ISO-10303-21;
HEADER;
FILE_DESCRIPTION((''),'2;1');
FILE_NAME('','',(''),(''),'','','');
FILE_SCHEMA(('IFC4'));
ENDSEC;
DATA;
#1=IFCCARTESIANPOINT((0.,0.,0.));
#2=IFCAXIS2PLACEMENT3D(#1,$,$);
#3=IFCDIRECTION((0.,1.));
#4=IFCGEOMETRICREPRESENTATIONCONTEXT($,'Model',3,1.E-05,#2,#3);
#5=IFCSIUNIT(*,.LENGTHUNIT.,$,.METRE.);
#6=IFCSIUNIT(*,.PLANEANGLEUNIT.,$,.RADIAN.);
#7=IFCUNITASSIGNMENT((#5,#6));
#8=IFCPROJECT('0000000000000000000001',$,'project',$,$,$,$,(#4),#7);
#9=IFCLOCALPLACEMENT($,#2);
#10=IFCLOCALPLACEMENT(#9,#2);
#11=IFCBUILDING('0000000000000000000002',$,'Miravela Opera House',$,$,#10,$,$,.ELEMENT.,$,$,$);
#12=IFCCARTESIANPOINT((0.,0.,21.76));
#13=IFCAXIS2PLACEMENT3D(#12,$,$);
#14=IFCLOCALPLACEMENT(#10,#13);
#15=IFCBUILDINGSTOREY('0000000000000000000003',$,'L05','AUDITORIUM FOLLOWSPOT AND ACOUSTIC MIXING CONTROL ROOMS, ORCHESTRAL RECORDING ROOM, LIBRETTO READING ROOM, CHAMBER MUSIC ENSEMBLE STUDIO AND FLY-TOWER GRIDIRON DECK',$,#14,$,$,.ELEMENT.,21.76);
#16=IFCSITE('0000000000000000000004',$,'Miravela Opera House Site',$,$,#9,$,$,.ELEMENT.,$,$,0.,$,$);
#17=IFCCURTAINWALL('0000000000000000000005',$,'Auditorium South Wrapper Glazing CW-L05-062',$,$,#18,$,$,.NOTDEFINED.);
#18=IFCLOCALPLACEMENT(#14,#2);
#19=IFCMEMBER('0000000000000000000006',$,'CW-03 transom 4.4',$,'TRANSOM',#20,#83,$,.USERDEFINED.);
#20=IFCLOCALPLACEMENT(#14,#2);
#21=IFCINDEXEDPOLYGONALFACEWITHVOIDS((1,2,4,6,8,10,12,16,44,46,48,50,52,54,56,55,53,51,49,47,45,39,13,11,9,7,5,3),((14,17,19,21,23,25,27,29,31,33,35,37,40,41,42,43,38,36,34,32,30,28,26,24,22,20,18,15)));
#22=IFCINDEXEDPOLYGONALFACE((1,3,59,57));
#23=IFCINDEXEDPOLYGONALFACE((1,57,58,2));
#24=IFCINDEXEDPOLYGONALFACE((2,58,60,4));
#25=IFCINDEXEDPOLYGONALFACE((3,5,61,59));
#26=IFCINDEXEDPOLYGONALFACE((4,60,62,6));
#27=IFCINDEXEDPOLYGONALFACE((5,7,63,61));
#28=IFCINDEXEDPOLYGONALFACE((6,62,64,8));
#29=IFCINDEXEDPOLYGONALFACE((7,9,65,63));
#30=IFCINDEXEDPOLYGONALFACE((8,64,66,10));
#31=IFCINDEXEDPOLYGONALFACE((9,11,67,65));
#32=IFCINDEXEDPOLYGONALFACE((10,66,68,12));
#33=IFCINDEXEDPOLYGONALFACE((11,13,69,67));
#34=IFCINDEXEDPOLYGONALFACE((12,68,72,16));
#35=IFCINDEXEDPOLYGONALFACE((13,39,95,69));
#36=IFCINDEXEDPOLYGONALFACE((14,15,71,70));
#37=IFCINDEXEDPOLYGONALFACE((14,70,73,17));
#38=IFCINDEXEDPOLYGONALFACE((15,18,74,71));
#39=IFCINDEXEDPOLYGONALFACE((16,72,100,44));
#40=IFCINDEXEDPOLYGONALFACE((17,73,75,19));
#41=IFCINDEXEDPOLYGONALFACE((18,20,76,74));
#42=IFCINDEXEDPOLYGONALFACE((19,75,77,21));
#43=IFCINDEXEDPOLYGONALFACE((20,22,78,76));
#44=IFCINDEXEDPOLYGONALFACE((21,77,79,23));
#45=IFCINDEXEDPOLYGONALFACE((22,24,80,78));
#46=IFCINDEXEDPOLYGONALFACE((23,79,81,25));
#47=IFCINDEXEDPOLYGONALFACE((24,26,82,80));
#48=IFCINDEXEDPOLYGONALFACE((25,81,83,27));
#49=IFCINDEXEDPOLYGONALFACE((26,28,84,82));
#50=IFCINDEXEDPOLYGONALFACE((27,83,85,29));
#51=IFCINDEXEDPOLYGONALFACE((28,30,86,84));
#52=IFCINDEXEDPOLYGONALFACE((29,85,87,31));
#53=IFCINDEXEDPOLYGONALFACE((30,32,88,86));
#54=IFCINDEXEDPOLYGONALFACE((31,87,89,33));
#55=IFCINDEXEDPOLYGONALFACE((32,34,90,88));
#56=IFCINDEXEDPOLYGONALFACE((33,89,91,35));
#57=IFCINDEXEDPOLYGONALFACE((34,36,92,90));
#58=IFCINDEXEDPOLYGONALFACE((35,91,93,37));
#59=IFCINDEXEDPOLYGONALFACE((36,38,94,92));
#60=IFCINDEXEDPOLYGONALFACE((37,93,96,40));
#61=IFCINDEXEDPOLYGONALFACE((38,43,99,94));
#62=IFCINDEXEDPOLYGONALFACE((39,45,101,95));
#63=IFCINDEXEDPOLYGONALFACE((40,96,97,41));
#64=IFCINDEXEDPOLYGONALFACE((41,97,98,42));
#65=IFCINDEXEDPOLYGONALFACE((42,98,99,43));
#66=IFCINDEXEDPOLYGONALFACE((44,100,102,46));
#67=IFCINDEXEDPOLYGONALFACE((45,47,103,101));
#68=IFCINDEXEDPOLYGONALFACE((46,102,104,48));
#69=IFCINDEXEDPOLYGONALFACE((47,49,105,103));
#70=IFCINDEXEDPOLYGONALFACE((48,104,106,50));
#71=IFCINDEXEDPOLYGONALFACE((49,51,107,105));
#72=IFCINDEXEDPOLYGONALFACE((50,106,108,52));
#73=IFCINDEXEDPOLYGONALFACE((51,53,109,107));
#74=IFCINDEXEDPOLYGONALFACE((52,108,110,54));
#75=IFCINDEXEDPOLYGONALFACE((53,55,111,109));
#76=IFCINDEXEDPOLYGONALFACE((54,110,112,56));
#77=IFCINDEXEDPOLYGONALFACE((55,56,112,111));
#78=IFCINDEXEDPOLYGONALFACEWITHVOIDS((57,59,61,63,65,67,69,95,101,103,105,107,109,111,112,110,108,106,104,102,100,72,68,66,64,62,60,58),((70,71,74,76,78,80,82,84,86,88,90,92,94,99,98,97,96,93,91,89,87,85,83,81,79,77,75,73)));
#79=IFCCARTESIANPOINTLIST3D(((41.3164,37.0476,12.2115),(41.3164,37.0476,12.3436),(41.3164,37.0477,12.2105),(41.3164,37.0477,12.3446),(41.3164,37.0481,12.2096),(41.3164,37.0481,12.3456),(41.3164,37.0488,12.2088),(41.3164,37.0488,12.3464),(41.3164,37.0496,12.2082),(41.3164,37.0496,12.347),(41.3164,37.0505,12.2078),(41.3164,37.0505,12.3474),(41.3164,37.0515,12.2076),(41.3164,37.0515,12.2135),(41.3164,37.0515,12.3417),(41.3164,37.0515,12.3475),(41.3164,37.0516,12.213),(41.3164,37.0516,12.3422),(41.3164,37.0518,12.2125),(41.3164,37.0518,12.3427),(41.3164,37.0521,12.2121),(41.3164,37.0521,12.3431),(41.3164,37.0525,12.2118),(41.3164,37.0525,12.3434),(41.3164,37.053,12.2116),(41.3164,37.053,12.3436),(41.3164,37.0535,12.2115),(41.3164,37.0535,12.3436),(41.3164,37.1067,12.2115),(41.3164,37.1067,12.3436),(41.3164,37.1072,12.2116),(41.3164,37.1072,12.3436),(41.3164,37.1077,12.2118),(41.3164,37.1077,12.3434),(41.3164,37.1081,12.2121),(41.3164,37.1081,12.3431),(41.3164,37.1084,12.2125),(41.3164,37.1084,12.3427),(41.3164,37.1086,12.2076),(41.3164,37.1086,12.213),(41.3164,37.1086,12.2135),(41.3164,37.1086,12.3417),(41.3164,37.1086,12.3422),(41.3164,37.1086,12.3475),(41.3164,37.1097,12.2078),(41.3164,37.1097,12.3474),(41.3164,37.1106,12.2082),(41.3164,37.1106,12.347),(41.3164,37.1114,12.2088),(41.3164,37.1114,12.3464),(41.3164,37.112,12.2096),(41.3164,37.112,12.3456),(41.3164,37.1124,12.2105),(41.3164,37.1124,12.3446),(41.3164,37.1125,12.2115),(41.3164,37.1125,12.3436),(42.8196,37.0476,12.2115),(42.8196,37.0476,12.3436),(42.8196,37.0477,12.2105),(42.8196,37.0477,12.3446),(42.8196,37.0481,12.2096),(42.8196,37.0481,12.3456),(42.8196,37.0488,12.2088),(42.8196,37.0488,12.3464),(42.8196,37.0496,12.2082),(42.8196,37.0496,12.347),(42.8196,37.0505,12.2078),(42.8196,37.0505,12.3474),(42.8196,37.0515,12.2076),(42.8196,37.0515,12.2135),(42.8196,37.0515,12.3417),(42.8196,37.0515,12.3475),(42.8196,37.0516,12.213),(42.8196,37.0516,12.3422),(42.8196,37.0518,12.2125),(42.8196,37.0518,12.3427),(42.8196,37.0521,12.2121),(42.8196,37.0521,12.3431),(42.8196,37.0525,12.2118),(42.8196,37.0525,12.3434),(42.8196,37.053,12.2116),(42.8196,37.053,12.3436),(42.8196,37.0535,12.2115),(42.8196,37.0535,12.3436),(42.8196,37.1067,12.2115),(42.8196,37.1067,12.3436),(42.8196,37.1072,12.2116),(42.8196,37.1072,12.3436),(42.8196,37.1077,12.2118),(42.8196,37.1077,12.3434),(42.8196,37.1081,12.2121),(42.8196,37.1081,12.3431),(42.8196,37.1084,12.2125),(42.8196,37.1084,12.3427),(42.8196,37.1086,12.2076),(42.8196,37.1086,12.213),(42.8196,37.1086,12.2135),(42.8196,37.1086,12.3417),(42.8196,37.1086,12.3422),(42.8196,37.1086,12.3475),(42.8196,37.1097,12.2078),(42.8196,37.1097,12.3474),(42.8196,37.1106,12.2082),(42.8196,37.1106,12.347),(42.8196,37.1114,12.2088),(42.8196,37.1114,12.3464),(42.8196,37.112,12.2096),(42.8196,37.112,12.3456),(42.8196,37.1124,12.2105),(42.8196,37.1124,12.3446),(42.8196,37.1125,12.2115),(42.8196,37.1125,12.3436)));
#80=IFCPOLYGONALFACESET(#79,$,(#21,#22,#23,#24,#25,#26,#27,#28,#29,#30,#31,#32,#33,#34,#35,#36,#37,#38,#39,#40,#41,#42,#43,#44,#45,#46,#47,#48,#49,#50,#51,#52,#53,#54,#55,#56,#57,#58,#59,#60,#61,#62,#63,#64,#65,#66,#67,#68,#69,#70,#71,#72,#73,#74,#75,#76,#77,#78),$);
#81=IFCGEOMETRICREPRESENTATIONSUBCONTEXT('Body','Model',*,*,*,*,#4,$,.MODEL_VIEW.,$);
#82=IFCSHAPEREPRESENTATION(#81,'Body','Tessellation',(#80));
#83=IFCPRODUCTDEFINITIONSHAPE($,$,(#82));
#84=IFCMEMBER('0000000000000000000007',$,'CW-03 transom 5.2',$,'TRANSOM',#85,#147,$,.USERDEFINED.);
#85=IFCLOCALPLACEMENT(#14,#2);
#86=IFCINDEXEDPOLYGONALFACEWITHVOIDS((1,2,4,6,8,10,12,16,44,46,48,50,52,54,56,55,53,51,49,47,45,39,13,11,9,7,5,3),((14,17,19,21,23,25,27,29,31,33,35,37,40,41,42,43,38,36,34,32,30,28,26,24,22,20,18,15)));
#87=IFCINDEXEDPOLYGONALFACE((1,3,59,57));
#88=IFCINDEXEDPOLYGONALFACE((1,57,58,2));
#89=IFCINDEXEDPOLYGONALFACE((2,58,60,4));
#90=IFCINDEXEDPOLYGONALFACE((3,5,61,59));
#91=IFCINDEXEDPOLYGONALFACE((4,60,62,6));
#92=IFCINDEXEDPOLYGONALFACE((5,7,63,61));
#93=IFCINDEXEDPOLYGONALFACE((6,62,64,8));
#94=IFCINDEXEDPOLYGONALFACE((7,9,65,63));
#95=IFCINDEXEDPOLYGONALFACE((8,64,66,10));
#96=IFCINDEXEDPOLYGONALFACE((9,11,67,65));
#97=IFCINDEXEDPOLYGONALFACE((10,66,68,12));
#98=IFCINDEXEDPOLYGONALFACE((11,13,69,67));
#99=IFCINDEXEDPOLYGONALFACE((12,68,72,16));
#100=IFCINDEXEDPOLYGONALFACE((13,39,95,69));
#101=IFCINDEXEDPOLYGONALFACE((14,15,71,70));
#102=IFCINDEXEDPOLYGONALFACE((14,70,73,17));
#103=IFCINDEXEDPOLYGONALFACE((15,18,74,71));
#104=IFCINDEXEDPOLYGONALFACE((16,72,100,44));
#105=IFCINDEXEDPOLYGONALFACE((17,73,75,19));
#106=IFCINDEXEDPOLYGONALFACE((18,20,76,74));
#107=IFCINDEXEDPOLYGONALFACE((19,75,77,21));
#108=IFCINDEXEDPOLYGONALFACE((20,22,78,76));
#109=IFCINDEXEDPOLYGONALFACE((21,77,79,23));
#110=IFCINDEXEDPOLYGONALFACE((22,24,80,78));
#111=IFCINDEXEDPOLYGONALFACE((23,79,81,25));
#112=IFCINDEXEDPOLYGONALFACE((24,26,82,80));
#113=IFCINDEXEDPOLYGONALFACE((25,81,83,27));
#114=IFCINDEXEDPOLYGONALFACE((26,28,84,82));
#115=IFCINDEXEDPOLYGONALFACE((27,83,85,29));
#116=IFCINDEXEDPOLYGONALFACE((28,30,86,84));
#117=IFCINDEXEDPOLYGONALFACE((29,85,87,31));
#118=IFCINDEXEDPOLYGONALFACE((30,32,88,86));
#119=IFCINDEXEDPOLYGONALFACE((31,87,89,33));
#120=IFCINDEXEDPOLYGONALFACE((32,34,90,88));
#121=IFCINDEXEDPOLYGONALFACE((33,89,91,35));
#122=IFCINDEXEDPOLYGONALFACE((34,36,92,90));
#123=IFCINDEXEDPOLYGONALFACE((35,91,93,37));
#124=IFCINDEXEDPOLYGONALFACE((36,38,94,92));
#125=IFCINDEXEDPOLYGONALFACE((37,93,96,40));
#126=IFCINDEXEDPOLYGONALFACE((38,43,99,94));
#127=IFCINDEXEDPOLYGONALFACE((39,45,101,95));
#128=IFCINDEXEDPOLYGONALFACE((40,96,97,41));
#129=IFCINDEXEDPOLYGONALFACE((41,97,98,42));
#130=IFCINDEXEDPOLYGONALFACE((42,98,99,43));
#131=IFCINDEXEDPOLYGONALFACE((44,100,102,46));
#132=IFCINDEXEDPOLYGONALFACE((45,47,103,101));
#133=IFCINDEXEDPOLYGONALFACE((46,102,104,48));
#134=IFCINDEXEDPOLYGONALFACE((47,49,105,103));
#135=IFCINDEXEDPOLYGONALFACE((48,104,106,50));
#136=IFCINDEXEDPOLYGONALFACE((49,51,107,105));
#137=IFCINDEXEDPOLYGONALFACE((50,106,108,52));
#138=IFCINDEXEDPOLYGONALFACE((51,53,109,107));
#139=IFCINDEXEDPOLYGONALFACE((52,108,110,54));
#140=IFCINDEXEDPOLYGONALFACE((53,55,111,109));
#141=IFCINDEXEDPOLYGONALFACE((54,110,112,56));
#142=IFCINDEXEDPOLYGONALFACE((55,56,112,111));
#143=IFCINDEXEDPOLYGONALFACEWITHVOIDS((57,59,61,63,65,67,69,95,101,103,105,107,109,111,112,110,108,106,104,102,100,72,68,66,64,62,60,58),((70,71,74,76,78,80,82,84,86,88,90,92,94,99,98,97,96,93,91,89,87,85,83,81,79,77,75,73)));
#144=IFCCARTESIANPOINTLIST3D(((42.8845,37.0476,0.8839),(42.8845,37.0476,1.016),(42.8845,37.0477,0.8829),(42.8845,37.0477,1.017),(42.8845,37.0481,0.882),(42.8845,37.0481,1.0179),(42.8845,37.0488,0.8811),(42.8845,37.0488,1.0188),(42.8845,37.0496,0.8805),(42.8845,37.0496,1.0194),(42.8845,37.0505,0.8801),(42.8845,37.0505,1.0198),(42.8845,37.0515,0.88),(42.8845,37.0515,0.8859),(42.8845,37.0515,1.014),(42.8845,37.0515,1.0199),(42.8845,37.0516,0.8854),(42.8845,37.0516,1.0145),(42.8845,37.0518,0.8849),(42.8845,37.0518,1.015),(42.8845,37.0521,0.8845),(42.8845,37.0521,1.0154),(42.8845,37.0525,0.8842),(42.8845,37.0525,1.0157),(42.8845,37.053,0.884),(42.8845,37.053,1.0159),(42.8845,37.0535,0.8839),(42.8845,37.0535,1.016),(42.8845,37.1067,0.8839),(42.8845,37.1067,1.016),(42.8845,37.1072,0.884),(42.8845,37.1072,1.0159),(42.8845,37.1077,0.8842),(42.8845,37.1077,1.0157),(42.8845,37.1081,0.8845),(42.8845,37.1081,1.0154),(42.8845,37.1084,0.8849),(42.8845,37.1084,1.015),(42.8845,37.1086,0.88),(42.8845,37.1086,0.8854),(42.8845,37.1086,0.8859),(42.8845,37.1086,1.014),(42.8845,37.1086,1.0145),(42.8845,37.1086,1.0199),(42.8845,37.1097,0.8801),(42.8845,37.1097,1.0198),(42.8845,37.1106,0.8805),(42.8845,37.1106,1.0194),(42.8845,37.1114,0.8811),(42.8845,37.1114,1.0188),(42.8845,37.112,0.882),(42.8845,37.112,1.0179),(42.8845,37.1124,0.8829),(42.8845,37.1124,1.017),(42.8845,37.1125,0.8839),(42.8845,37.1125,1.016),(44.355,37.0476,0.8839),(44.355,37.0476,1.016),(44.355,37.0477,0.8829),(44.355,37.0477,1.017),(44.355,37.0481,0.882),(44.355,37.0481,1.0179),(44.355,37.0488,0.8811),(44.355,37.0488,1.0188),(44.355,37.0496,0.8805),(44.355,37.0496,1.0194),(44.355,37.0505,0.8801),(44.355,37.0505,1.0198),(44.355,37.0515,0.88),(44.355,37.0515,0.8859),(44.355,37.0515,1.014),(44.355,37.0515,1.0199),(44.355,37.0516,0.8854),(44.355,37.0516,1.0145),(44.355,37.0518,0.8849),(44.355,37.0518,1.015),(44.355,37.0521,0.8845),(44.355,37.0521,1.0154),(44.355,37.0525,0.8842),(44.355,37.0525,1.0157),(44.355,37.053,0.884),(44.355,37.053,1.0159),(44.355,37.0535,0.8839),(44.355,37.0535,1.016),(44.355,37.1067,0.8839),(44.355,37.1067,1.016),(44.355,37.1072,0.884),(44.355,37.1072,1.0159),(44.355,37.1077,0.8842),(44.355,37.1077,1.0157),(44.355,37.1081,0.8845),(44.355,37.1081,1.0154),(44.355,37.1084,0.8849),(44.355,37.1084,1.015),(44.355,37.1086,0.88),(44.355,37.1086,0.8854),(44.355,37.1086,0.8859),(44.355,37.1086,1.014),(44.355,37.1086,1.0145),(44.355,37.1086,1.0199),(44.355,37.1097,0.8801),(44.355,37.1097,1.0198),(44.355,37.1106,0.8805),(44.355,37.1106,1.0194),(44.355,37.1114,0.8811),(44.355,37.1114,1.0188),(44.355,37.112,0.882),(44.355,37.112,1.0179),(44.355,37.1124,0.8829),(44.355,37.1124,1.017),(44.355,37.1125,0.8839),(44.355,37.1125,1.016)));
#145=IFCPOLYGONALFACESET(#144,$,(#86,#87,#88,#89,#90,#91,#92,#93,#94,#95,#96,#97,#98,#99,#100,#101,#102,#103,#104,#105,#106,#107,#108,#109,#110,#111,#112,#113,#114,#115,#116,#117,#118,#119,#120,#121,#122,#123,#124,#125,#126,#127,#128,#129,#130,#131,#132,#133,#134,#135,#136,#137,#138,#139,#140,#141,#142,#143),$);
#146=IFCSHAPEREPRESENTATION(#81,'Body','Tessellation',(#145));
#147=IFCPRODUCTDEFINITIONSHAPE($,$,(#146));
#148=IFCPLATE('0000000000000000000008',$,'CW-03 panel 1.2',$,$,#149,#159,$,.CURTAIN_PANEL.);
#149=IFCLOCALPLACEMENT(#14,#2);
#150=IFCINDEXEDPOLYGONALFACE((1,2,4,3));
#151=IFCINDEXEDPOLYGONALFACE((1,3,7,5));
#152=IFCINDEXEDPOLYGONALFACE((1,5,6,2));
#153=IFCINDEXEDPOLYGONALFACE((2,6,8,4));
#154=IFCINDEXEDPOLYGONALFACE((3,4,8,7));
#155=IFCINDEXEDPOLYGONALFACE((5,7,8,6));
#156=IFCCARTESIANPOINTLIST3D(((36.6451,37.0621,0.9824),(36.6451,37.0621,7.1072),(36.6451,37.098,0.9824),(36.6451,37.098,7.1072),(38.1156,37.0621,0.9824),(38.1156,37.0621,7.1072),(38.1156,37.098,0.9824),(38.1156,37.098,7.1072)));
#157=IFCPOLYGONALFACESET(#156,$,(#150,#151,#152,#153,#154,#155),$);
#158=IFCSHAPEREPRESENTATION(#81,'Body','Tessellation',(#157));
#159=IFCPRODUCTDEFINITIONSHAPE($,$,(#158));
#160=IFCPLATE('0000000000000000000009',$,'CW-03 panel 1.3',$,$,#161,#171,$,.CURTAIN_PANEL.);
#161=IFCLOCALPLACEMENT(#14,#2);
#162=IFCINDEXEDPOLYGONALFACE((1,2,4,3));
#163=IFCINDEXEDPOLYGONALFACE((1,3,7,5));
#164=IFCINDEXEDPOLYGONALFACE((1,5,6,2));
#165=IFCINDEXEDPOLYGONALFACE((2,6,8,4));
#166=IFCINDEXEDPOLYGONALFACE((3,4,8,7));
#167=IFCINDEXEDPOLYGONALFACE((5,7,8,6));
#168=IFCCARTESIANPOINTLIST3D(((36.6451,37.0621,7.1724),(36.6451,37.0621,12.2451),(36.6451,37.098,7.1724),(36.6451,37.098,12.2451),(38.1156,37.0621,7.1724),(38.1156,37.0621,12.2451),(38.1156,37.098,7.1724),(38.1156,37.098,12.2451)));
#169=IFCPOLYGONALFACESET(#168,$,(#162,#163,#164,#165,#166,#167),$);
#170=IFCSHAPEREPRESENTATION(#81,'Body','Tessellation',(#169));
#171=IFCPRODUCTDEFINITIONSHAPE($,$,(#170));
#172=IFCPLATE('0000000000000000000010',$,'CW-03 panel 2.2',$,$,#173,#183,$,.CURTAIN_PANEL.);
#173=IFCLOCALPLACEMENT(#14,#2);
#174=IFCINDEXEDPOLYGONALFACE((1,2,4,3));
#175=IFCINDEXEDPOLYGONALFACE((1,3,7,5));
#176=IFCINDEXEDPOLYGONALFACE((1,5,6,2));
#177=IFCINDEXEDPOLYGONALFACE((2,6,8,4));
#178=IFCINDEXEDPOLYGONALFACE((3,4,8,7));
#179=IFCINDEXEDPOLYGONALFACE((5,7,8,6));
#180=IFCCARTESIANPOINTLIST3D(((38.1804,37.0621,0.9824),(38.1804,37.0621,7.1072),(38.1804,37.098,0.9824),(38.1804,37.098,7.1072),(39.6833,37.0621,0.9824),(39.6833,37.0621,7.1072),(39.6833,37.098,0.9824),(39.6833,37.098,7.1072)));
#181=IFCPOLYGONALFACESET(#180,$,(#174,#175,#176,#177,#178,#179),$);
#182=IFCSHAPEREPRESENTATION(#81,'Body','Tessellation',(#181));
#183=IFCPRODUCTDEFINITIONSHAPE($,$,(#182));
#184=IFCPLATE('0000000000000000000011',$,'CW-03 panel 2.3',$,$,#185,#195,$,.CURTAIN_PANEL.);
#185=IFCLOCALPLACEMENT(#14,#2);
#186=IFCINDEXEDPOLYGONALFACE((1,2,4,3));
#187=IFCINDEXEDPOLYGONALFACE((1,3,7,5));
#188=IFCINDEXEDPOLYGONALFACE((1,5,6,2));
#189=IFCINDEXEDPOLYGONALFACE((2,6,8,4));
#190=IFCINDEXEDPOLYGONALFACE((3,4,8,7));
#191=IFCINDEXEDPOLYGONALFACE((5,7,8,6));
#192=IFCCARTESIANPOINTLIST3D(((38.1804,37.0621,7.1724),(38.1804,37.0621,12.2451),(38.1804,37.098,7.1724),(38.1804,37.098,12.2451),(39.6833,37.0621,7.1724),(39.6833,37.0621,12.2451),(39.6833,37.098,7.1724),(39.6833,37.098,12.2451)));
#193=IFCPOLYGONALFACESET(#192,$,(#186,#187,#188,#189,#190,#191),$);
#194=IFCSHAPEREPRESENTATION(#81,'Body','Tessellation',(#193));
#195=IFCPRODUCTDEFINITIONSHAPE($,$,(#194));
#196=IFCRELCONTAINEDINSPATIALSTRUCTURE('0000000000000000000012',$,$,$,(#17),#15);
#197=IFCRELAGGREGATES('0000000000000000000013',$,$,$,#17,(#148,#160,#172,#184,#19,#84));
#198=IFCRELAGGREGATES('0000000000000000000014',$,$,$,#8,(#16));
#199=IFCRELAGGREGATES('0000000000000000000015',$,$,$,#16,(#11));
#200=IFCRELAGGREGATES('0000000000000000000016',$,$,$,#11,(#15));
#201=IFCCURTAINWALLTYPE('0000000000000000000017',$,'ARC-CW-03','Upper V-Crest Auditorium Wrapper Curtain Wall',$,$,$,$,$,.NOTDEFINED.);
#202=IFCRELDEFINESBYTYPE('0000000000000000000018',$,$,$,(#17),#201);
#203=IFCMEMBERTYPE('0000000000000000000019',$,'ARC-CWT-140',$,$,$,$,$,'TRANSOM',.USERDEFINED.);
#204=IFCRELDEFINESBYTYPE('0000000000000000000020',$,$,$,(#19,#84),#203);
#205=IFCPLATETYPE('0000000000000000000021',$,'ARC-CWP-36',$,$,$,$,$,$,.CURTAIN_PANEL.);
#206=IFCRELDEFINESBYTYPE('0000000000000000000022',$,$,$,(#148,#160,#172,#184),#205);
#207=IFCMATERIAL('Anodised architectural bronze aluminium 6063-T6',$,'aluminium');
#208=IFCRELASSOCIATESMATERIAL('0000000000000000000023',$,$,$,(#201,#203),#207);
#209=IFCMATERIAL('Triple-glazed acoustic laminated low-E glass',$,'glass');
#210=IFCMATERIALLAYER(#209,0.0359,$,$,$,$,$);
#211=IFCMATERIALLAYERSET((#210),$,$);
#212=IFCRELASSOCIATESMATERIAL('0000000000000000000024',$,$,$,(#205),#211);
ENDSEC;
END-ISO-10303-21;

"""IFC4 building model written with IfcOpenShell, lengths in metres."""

from ifc_helpers import new_model, si_unit, direction, frame, origin, origin_2d, place, context, subcontext, project, spatial, rectangle, hollow_rectangle, extrude, material, layer, layer_set, material_profile, profile_set, type_object, element, aggregate, save


model = new_model("IFC4")

# Units and contexts
model_context = context("Model", 3, precision=1e-05, world=origin(), true_north=direction((0.0, 1.0)))
body_context = subcontext(model_context, "Body", "Model", "MODEL_VIEW")
ifc_project = project(units=[si_unit("LENGTHUNIT", "METRE"), si_unit("PLANEANGLEUNIT", "RADIAN")], contexts=[model_context])

# Site, building, storey
site_placement = place(None, origin())
site = spatial("IfcSite", under=ifc_project, at=site_placement, Name="Miravela Opera House Site", CompositionType="ELEMENT", RefElevation=0.0)
building_placement = place(site_placement, origin())
building = spatial("IfcBuilding", under=site, at=building_placement, Name="Miravela Opera House", CompositionType="ELEMENT")
storey_placement = place(building_placement, frame((0.0, 0.0, 21.76)))
storey = spatial("IfcBuildingStorey", under=building, at=storey_placement, Name="L05", Description="AUDITORIUM FOLLOWSPOT AND ACOUSTIC MIXING CONTROL ROOMS, ORCHESTRAL RECORDING ROOM, LIBRETTO READING ROOM, CHAMBER MUSIC ENSEMBLE STUDIO AND FLY-TOWER GRIDIRON DECK", CompositionType="ELEMENT", Elevation=21.76)

# Curtain wall, members, plates
ifc_material_1 = material(Name="Anodised architectural bronze aluminium 6063-T6", Category="aluminium")
curtain_wall_type = type_object("IfcCurtainWallType", Name="ARC-CW-03", Description="Upper V-Crest Auditorium Wrapper Curtain Wall", PredefinedType="NOTDEFINED", material=ifc_material_1)
curtain_wall_placement = place(storey_placement, origin())
curtain_wall = element("IfcCurtainWall", 1, at=curtain_wall_placement, inside=storey, type_object=curtain_wall_type, Name="Auditorium South Wrapper Glazing CW-L05-062", PredefinedType="NOTDEFINED")
ifc_material_profile = material_profile(ifc_material_1, hollow_rectangle(XDim=0.0649, YDim=0.1399, WallThickness=0.0039, InnerFilletRadius=0.002, OuterFilletRadius=0.0039, at=origin_2d()), Name="CWT-65X140")
ifc_profile_set = profile_set([ifc_material_profile])
member_type = type_object("IfcMemberType", Name="ARC-CWT-140", ElementType="TRANSOM", PredefinedType="USERDEFINED", material=ifc_profile_set)
member_1_placement = place(storey_placement, frame((41.3164, 37.0801, 12.2776), z_axis=(1.0, 0.0, 0.0), x_axis=(0.0, 1.0, 0.0)))
member_1 = element("IfcMember", 2, at=member_1_placement, type_object=member_type, Name="CW-03 transom 4.4", ObjectType="TRANSOM", PredefinedType="USERDEFINED", context=body_context, shape_type="SweptSolid", body=[
    extrude(hollow_rectangle(XDim=0.0649, YDim=0.1399, WallThickness=0.0039, InnerFilletRadius=0.002, OuterFilletRadius=0.0039, at=origin_2d()), origin(), (0.0, 0.0, 1.0), 1.5032),
])
member_2_placement = place(storey_placement, frame((42.8845, 37.0801, 0.95), z_axis=(1.0, 0.0, 0.0), x_axis=(0.0, 1.0, 0.0)))
member_2 = element("IfcMember", 3, at=member_2_placement, type_object=member_type, Name="CW-03 transom 5.2", ObjectType="TRANSOM", PredefinedType="USERDEFINED", context=body_context, shape_type="SweptSolid", body=[
    extrude(hollow_rectangle(XDim=0.0649, YDim=0.1399, WallThickness=0.0039, InnerFilletRadius=0.002, OuterFilletRadius=0.0039, at=origin_2d()), origin(), (0.0, 0.0, 1.0), 1.4705),
])
ifc_material_2 = material(Name="Triple-glazed acoustic laminated low-E glass", Category="glass")
ifc_layer = layer(ifc_material_2, 0.0359)
ifc_layer_set = layer_set([ifc_layer])
plate_type = type_object("IfcPlateType", Name="ARC-CWP-36", PredefinedType="CURTAIN_PANEL", material=ifc_layer_set)
plate_1_placement = place(storey_placement, frame((37.3804, 37.0801, 0.9824), z_axis=(0.0, 0.0, 1.0), x_axis=(1.0, 0.0, 0.0)))
plate_1 = element("IfcPlate", 4, at=plate_1_placement, type_object=plate_type, Name="CW-03 panel 1.2", PredefinedType="CURTAIN_PANEL", context=body_context, shape_type="SweptSolid", body=[
    extrude(rectangle(XDim=1.4705, YDim=0.0359, at=origin_2d()), origin(), (0.0, 0.0, 1.0), 6.1248),
])
plate_2_placement = place(storey_placement, frame((37.3804, 37.0801, 7.1724), z_axis=(0.0, 0.0, 1.0), x_axis=(1.0, 0.0, 0.0)))
plate_2 = element("IfcPlate", 5, at=plate_2_placement, type_object=plate_type, Name="CW-03 panel 1.3", PredefinedType="CURTAIN_PANEL", context=body_context, shape_type="SweptSolid", body=[
    extrude(rectangle(XDim=1.4705, YDim=0.0359, at=origin_2d()), origin(), (0.0, 0.0, 1.0), 5.0728),
])
plate_3_placement = place(storey_placement, frame((38.9319, 37.0801, 0.9824), z_axis=(0.0, 0.0, 1.0), x_axis=(1.0, 0.0, 0.0)))
plate_3 = element("IfcPlate", 6, at=plate_3_placement, type_object=plate_type, Name="CW-03 panel 2.2", PredefinedType="CURTAIN_PANEL", context=body_context, shape_type="SweptSolid", body=[
    extrude(rectangle(XDim=1.5029, YDim=0.0359, at=origin_2d()), origin(), (0.0, 0.0, 1.0), 6.1248),
])
plate_4_placement = place(storey_placement, frame((38.9319, 37.0801, 7.1724), z_axis=(0.0, 0.0, 1.0), x_axis=(1.0, 0.0, 0.0)))
plate_4 = element("IfcPlate", 7, at=plate_4_placement, type_object=plate_type, Name="CW-03 panel 2.3", PredefinedType="CURTAIN_PANEL", context=body_context, shape_type="SweptSolid", body=[
    extrude(rectangle(XDim=1.5029, YDim=0.0359, at=origin_2d()), origin(), (0.0, 0.0, 1.0), 5.0728),
])
aggregate(curtain_wall, [plate_1, plate_2, plate_3, plate_4, member_1, member_2])

save(model, "model.ifc")
